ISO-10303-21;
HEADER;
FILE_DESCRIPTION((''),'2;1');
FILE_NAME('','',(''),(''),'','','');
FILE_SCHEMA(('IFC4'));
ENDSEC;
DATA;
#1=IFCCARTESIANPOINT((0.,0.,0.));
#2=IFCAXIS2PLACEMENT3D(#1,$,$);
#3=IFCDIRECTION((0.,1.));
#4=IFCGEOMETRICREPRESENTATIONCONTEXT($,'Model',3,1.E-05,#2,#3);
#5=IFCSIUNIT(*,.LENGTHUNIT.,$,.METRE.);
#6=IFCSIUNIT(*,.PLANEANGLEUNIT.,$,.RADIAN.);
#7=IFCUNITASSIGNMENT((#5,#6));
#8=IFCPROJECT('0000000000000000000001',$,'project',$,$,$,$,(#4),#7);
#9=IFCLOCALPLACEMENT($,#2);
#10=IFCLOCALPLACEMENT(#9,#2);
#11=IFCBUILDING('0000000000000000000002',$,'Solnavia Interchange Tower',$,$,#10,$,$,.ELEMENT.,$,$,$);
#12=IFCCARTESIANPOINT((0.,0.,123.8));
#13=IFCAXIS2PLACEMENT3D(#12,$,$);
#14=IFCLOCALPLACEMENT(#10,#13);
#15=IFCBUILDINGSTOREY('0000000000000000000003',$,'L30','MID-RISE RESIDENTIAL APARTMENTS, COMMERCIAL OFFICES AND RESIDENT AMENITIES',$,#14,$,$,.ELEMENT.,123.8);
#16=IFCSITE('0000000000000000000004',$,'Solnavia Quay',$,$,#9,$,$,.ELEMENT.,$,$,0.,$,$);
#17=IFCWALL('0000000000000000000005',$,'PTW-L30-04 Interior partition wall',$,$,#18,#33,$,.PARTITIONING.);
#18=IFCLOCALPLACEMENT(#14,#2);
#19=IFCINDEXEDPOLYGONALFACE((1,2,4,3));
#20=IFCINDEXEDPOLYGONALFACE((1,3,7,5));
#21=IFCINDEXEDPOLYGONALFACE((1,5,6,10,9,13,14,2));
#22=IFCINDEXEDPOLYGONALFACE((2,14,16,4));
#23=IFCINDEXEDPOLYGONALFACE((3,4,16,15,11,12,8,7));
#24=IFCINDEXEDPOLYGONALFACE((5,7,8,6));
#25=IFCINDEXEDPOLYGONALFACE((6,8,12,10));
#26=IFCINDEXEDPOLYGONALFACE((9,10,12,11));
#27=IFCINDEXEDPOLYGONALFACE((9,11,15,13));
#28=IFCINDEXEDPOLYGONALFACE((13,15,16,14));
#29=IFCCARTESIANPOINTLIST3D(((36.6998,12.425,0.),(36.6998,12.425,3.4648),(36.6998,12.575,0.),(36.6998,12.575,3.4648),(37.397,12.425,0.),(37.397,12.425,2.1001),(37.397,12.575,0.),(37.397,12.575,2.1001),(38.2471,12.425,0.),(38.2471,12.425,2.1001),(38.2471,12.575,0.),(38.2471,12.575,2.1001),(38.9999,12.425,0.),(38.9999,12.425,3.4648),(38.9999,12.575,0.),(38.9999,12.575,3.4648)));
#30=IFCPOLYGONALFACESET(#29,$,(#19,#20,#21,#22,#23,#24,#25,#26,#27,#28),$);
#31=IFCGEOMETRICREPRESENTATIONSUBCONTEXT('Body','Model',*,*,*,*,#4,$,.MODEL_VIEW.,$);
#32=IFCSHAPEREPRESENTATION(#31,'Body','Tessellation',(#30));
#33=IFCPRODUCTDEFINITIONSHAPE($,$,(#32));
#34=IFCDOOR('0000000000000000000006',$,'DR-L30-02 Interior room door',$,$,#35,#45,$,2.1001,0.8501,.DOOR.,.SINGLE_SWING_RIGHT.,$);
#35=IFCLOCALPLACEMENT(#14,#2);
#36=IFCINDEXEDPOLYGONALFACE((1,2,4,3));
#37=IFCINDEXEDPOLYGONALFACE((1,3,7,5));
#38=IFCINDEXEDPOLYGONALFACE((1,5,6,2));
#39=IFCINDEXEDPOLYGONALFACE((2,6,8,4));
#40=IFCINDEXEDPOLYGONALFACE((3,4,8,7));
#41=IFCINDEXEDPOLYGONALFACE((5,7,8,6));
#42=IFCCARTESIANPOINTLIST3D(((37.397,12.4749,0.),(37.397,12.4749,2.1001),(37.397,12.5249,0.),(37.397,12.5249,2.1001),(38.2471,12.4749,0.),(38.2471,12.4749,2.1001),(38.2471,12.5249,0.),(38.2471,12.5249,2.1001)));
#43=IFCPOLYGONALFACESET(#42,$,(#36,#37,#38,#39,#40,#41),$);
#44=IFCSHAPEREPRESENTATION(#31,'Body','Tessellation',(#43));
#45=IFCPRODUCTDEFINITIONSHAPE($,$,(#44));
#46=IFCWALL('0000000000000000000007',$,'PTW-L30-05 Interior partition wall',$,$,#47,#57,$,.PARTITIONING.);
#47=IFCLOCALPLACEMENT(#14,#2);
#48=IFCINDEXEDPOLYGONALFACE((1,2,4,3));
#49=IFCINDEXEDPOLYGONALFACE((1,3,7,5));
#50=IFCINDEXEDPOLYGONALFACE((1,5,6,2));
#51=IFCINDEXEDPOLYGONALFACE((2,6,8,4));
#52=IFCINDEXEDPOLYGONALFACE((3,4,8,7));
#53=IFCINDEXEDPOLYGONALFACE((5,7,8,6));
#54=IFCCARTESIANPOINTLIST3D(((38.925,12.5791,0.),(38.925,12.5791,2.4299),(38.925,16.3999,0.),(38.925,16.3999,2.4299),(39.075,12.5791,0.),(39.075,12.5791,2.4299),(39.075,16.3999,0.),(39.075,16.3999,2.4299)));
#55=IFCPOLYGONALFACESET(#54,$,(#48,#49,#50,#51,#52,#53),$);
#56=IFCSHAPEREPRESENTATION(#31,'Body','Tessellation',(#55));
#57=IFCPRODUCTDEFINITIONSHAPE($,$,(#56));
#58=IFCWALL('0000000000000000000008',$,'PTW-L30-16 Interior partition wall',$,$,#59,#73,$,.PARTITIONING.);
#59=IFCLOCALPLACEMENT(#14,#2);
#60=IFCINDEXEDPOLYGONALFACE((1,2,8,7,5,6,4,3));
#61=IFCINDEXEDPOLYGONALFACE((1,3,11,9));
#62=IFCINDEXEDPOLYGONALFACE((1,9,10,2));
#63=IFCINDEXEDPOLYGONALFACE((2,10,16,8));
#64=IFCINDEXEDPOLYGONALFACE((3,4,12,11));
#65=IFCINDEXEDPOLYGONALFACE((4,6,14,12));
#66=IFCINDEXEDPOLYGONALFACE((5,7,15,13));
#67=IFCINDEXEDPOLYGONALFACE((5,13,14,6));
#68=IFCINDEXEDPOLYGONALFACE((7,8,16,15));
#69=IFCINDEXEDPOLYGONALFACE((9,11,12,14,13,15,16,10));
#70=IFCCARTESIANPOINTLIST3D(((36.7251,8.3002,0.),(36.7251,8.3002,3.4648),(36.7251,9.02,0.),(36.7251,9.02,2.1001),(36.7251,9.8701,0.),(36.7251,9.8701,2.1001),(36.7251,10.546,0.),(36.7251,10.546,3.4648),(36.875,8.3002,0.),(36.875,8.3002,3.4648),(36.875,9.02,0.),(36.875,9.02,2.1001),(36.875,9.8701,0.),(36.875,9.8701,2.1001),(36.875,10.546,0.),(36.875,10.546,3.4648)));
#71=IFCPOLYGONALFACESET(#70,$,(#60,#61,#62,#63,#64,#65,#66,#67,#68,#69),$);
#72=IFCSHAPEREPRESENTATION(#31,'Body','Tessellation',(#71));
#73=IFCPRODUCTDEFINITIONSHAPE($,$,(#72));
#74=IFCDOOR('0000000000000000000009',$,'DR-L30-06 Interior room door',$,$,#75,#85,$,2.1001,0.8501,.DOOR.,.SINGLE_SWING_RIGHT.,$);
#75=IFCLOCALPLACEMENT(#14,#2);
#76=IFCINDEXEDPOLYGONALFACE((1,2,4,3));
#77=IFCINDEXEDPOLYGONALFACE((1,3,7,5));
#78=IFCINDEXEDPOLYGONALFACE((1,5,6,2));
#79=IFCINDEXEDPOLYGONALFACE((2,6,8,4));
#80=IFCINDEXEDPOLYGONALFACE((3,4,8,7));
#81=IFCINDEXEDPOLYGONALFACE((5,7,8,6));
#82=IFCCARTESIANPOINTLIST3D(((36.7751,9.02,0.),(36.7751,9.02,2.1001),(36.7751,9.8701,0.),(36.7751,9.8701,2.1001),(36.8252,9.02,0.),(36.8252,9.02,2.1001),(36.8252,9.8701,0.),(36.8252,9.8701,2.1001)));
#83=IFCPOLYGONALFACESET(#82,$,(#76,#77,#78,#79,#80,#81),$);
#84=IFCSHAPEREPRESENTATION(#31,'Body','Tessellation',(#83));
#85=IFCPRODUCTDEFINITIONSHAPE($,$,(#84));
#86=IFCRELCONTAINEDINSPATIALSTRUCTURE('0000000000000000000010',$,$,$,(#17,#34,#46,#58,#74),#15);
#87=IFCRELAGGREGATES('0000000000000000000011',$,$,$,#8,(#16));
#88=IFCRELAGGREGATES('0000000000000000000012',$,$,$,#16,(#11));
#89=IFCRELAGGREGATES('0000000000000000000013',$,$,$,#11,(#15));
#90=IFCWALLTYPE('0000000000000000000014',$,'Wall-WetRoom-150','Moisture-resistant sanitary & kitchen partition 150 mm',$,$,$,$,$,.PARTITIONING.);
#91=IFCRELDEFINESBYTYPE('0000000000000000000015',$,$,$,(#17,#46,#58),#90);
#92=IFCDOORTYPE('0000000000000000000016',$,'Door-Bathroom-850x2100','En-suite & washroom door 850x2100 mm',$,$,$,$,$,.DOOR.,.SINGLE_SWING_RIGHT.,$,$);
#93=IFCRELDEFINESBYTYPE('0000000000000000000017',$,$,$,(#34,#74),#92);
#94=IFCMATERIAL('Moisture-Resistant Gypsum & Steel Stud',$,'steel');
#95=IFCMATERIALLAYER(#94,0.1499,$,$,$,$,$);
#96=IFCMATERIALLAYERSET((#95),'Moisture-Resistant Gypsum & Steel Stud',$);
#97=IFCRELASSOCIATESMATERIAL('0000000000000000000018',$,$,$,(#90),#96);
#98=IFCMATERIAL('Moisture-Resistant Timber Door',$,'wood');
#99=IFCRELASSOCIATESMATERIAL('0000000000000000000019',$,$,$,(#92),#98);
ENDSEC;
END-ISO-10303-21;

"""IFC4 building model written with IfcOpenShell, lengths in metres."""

from ifc_helpers import new_model, si_unit, direction, frame, frame_2d, origin, place, context, subcontext, project, spatial, rectangle, extrude, material, layer, layer_set, type_object, element, fill, save


model = new_model("IFC4")

# Units and contexts
model_context = context("Model", 3, precision=1e-05, world=origin(), true_north=direction((0.0, 1.0)))
body_context = subcontext(model_context, "Body", "Model", "MODEL_VIEW")
ifc_project = project(units=[si_unit("LENGTHUNIT", "METRE"), si_unit("PLANEANGLEUNIT", "RADIAN")], contexts=[model_context])

# Site, building, storey
site_placement = place(None, origin())
site = spatial("IfcSite", under=ifc_project, at=site_placement, Name="Solnavia Quay", CompositionType="ELEMENT", RefElevation=0.0)
building_placement = place(site_placement, origin())
building = spatial("IfcBuilding", under=site, at=building_placement, Name="Solnavia Interchange Tower", CompositionType="ELEMENT")
storey_placement = place(building_placement, frame((0.0, 0.0, 123.8)))
storey = spatial("IfcBuildingStorey", under=building, at=storey_placement, Name="L30", Description="MID-RISE RESIDENTIAL APARTMENTS, COMMERCIAL OFFICES AND RESIDENT AMENITIES", CompositionType="ELEMENT", Elevation=123.8)

# Shared definitions
ifc_material_1 = material(Name="Moisture-Resistant Gypsum & Steel Stud", Category="steel")
ifc_layer_1 = layer(ifc_material_1, 0.1499)
ifc_layer_set_1 = layer_set([ifc_layer_1], Name="Moisture-Resistant Gypsum & Steel Stud")
wall_type_1 = type_object("IfcWallType", Name="Wall-WetRoom-150", Description="Moisture-resistant sanitary & kitchen partition 150 mm", PredefinedType="PARTITIONING", material=ifc_layer_set_1)

# Shared definitions
ifc_material_2 = material(Name="Moisture-Resistant Timber Door", Category="wood")
door_type_1 = type_object("IfcDoorType", Name="Door-Bathroom-850x2100", Description="En-suite & washroom door 850x2100 mm", OperationType="SINGLE_SWING_RIGHT", PredefinedType="DOOR", material=ifc_material_2)

# Wall, opening, door
wall_1_placement = place(storey_placement, frame((36.7, 12.5, 0.0), z_axis=(0.0, 0.0, 1.0), x_axis=(1.0, 0.0, 0.0)))
wall_1 = element("IfcWall", 1, at=wall_1_placement, inside=storey, type_object=wall_type_1, Name="PTW-L30-04 Interior partition wall", PredefinedType="PARTITIONING", context=body_context, shape_type="SweptSolid", body=[
    extrude(rectangle(XDim=2.3, YDim=0.1499, at=frame_2d((1.1499, 0.0))), origin(), (0.0, 0.0, 1.0), 3.4648),
])
opening_1_placement = place(wall_1_placement, frame((0.697, 0.0, 0.0)))
opening_1 = element("IfcOpeningElement", 2, at=opening_1_placement, cuts=wall_1, PredefinedType="OPENING", context=body_context, shape_type="SweptSolid", body=[
    extrude(rectangle(XDim=0.8501, YDim=2.1001, at=frame_2d((0.425, 1.05))), frame((0.0, 0.085, 0.0), z_axis=(0.0, -1.0, 0.0), x_axis=(1.0, 0.0, 0.0)), (0.0, 0.0, 1.0), 0.1699),
])
door_1_placement = place(opening_1_placement, origin())
door_1 = element("IfcDoor", 3, at=door_1_placement, inside=storey, type_object=door_type_1, Name="DR-L30-02 Interior room door", OperationType="SINGLE_SWING_RIGHT", OverallHeight=2.1001, OverallWidth=0.8501, PredefinedType="DOOR", context=body_context, shape_type="SweptSolid", body=[
    extrude(rectangle(XDim=0.8501, YDim=2.1001, at=frame_2d((0.425, 1.05))), frame((0.0, 0.0249, 0.0), z_axis=(0.0, -1.0, 0.0), x_axis=(1.0, 0.0, 0.0)), (0.0, 0.0, 1.0), 0.05),
])
fill(opening_1, door_1)

# Wall
wall_2_placement = place(storey_placement, frame((39.0, 12.5791, 0.0), z_axis=(0.0, 0.0, 1.0), x_axis=(0.0, 1.0, 0.0)))
element("IfcWall", 4, at=wall_2_placement, inside=storey, type_object=wall_type_1, Name="PTW-L30-05 Interior partition wall", PredefinedType="PARTITIONING", context=body_context, shape_type="SweptSolid", body=[
    extrude(rectangle(XDim=3.8208, YDim=0.1499, at=frame_2d((1.9104, 0.0))), origin(), (0.0, 0.0, 1.0), 2.4299),
])

# Wall, opening, door
wall_3_placement = place(storey_placement, frame((36.8, 8.3, 0.0), z_axis=(0.0, 0.0, 1.0), x_axis=(0.0, 1.0, 0.0)))
wall_3 = element("IfcWall", 5, at=wall_3_placement, inside=storey, type_object=wall_type_1, Name="PTW-L30-16 Interior partition wall", PredefinedType="PARTITIONING", context=body_context, shape_type="SweptSolid", body=[
    extrude(rectangle(XDim=2.2458, YDim=0.1499, at=frame_2d((1.123, 0.0))), origin(), (0.0, 0.0, 1.0), 3.4648),
])
opening_2_placement = place(wall_3_placement, frame((0.72, 0.0, 0.0)))
opening_2 = element("IfcOpeningElement", 6, at=opening_2_placement, cuts=wall_3, PredefinedType="OPENING", context=body_context, shape_type="SweptSolid", body=[
    extrude(rectangle(XDim=0.8501, YDim=2.1001, at=frame_2d((0.425, 1.05))), frame((0.0, 0.085, 0.0), z_axis=(0.0, -1.0, 0.0), x_axis=(1.0, 0.0, 0.0)), (0.0, 0.0, 1.0), 0.1699),
])
door_2_placement = place(opening_2_placement, origin())
door_2 = element("IfcDoor", 7, at=door_2_placement, inside=storey, type_object=door_type_1, Name="DR-L30-06 Interior room door", OperationType="SINGLE_SWING_RIGHT", OverallHeight=2.1001, OverallWidth=0.8501, PredefinedType="DOOR", context=body_context, shape_type="SweptSolid", body=[
    extrude(rectangle(XDim=0.8501, YDim=2.1001, at=frame_2d((0.425, 1.05))), frame((0.0, 0.0249, 0.0), z_axis=(0.0, -1.0, 0.0), x_axis=(1.0, 0.0, 0.0)), (0.0, 0.0, 1.0), 0.05),
])
fill(opening_2, door_2)

save(model, "model.ifc")
